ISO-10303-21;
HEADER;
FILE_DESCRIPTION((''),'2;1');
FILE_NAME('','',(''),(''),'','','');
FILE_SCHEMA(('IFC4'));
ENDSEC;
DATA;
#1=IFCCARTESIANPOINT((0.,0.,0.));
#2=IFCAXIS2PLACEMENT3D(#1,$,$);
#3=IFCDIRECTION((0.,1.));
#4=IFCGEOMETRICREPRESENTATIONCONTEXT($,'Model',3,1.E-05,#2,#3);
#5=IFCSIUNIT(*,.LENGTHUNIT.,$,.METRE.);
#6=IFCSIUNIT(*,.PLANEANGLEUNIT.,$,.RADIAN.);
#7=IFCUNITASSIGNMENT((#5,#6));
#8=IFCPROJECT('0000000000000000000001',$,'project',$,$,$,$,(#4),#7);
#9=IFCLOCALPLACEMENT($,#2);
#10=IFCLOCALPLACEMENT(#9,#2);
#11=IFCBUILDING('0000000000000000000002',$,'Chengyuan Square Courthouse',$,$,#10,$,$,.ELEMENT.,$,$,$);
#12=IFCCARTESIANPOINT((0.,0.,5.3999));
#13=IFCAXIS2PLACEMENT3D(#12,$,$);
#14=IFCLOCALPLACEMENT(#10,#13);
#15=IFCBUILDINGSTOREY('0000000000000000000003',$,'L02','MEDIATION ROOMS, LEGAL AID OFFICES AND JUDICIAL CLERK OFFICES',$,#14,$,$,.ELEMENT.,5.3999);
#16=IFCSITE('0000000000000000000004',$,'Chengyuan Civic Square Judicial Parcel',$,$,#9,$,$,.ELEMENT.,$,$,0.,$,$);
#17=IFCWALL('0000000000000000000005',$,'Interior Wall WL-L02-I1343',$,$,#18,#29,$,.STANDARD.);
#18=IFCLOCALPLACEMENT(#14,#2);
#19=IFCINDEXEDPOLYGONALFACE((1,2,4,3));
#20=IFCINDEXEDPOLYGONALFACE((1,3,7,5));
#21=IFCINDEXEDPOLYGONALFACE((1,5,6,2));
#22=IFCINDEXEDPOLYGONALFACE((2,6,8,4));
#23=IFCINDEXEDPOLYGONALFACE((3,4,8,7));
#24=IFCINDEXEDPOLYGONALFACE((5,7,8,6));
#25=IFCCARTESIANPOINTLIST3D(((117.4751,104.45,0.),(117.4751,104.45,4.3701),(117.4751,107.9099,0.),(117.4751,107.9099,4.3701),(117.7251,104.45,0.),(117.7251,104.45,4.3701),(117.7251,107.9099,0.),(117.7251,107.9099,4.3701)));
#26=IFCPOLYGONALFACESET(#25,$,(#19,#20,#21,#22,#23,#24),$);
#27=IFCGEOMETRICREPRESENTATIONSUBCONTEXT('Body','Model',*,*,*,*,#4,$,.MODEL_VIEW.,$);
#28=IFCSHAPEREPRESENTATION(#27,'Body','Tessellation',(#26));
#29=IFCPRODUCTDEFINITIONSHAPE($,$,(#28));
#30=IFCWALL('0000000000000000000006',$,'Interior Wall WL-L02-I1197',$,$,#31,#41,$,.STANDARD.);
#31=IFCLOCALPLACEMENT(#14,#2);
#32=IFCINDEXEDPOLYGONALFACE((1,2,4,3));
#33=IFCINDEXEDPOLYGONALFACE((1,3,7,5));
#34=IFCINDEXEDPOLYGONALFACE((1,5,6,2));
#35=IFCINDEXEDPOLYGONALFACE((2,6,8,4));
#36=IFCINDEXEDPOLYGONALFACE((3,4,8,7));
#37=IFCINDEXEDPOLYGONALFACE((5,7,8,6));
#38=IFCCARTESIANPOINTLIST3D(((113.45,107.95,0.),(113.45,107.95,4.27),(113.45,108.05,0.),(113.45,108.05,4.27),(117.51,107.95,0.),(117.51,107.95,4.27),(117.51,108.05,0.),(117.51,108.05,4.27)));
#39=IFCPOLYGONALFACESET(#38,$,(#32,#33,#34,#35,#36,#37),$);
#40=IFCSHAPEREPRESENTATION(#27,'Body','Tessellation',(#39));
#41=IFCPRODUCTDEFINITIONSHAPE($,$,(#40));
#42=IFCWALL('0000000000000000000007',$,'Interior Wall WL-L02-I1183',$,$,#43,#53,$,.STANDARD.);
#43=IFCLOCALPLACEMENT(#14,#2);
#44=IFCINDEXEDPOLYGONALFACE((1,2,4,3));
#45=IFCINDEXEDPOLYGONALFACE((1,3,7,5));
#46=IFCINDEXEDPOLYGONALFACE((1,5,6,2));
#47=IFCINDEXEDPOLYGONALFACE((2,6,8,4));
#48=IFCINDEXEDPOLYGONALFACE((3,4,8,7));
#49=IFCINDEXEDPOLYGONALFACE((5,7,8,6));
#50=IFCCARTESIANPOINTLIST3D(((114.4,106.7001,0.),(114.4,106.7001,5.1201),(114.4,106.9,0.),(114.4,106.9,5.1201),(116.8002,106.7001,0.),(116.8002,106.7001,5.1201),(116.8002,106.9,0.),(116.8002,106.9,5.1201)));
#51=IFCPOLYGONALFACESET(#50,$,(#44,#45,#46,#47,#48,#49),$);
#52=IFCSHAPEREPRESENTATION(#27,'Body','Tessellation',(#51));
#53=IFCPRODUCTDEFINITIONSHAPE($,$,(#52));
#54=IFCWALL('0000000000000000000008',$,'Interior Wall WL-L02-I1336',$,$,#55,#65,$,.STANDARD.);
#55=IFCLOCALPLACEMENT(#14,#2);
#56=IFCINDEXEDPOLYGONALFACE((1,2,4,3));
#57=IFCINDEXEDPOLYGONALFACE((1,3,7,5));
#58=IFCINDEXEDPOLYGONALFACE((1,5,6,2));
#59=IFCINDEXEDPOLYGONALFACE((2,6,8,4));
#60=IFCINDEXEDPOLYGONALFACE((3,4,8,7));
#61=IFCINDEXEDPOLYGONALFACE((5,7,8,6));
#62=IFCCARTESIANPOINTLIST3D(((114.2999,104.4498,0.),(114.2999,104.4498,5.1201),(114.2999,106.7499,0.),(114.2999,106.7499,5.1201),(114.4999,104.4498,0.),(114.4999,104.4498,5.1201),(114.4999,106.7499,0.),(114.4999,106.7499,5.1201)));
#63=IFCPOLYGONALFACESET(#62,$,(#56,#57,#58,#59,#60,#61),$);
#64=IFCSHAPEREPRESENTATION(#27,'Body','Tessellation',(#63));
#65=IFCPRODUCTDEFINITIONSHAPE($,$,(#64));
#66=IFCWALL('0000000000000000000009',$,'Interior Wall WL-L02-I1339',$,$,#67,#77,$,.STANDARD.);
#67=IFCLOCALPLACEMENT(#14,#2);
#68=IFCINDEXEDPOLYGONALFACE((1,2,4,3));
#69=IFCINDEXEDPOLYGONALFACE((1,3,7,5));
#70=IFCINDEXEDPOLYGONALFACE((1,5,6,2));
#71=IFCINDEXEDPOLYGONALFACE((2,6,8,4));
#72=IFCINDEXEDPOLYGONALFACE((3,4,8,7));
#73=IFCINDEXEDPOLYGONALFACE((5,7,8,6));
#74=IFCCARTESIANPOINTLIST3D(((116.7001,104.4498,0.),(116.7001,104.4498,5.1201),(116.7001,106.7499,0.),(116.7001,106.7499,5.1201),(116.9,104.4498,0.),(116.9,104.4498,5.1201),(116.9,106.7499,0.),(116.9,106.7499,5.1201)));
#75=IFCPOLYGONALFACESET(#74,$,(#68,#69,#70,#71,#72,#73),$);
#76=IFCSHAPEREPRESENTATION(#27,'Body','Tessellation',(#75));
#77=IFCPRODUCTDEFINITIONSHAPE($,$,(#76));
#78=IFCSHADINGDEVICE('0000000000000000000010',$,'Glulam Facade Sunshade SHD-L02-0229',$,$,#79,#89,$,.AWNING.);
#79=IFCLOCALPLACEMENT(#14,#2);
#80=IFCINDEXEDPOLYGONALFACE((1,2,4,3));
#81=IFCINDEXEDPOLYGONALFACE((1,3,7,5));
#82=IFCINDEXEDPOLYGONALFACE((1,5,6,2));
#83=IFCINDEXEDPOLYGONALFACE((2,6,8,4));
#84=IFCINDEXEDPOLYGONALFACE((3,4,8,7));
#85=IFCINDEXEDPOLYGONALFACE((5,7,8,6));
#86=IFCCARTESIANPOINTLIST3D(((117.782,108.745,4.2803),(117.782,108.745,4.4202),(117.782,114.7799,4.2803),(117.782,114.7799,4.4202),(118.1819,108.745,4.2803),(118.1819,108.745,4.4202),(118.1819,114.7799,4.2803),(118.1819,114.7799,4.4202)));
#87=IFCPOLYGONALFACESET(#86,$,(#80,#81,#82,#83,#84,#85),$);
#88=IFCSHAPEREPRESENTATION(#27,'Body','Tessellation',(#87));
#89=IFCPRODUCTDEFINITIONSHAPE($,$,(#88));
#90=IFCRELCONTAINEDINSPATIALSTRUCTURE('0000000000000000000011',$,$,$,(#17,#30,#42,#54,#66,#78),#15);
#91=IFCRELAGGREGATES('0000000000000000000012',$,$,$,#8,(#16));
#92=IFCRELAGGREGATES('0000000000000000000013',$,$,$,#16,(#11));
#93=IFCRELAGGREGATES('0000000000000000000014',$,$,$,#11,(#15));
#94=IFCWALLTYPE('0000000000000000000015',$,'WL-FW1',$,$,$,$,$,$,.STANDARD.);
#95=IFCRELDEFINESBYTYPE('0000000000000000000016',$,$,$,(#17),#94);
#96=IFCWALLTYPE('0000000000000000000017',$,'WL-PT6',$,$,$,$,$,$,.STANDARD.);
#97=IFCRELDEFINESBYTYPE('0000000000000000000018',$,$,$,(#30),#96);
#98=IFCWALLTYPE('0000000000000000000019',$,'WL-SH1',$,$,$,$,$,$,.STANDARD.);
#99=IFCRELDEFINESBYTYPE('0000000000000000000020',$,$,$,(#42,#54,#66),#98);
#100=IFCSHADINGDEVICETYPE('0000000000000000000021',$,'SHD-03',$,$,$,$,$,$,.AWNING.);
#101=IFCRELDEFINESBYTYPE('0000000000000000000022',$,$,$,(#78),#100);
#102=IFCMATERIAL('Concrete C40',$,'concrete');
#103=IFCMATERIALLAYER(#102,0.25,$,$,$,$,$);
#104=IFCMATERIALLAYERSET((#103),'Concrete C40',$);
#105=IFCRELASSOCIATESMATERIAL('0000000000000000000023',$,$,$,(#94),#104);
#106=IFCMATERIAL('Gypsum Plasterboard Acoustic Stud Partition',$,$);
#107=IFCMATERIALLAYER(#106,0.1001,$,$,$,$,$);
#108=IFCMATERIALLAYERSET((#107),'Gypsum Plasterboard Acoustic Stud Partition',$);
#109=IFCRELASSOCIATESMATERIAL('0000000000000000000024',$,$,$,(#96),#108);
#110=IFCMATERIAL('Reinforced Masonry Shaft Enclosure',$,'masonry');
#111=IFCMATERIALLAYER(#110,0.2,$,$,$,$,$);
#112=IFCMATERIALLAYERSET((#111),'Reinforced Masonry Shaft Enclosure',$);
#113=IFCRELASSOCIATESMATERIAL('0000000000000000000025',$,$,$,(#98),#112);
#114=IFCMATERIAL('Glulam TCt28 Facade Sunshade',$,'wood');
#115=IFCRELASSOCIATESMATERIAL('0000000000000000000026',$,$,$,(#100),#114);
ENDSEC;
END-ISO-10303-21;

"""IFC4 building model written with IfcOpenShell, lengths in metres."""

from ifc_helpers import new_model, si_unit, direction, frame, frame_2d, origin, origin_2d, place, context, subcontext, project, spatial, rectangle, extrude, material, layer, layer_set, type_object, element, save


model = new_model("IFC4")

# Units and contexts
model_context = context("Model", 3, precision=1e-05, world=origin(), true_north=direction((0.0, 1.0)))
body_context = subcontext(model_context, "Body", "Model", "MODEL_VIEW")
ifc_project = project(units=[si_unit("LENGTHUNIT", "METRE"), si_unit("PLANEANGLEUNIT", "RADIAN")], contexts=[model_context])

# Site, building, storey
site_placement = place(None, origin())
site = spatial("IfcSite", under=ifc_project, at=site_placement, Name="Chengyuan Civic Square Judicial Parcel", CompositionType="ELEMENT", RefElevation=0.0)
building_placement = place(site_placement, origin())
building = spatial("IfcBuilding", under=site, at=building_placement, Name="Chengyuan Square Courthouse", CompositionType="ELEMENT")
storey_placement = place(building_placement, frame((0.0, 0.0, 5.3999)))
storey = spatial("IfcBuildingStorey", under=building, at=storey_placement, Name="L02", Description="MEDIATION ROOMS, LEGAL AID OFFICES AND JUDICIAL CLERK OFFICES", CompositionType="ELEMENT", Elevation=5.3999)

# Shared definitions
ifc_material_1 = material(Name="Concrete C40", Category="concrete")

# Walls
ifc_layer_1 = layer(ifc_material_1, 0.25)
ifc_layer_set_1 = layer_set([ifc_layer_1], Name="Concrete C40")
wall_type_1 = type_object("IfcWallType", Name="WL-FW1", PredefinedType="STANDARD", material=ifc_layer_set_1)
wall_1_placement = place(storey_placement, frame((117.6001, 104.45, 0.0), z_axis=(0.0, 0.0, 1.0), x_axis=(0.0, 1.0, 0.0)))
element("IfcWall", 1, at=wall_1_placement, inside=storey, type_object=wall_type_1, Name="Interior Wall WL-L02-I1343", PredefinedType="STANDARD", context=body_context, shape_type="SweptSolid", body=[
    extrude(rectangle(XDim=3.46, YDim=0.25, at=frame_2d((1.73, 0.0))), origin(), (0.0, 0.0, 1.0), 4.3701),
])
ifc_material_2 = material(Name="Gypsum Plasterboard Acoustic Stud Partition")
ifc_layer_2 = layer(ifc_material_2, 0.1001)
ifc_layer_set_2 = layer_set([ifc_layer_2], Name="Gypsum Plasterboard Acoustic Stud Partition")
wall_type_2 = type_object("IfcWallType", Name="WL-PT6", PredefinedType="STANDARD", material=ifc_layer_set_2)
wall_2_placement = place(storey_placement, frame((113.45, 108.0, 0.0), z_axis=(0.0, 0.0, 1.0), x_axis=(1.0, 0.0, 0.0)))
element("IfcWall", 2, at=wall_2_placement, inside=storey, type_object=wall_type_2, Name="Interior Wall WL-L02-I1197", PredefinedType="STANDARD", context=body_context, shape_type="SweptSolid", body=[
    extrude(rectangle(XDim=4.0601, YDim=0.1001, at=frame_2d((2.03, 0.0))), origin(), (0.0, 0.0, 1.0), 4.27),
])

# Shared definitions
ifc_material_3 = material(Name="Reinforced Masonry Shaft Enclosure", Category="masonry")
ifc_layer_3 = layer(ifc_material_3, 0.2)
ifc_layer_set_3 = layer_set([ifc_layer_3], Name="Reinforced Masonry Shaft Enclosure")
wall_type_3 = type_object("IfcWallType", Name="WL-SH1", PredefinedType="STANDARD", material=ifc_layer_set_3)

# Walls
wall_3_placement = place(storey_placement, frame((114.3999, 106.8, 0.0), z_axis=(0.0, 0.0, 1.0), x_axis=(1.0, 0.0, 0.0)))
element("IfcWall", 3, at=wall_3_placement, inside=storey, type_object=wall_type_3, Name="Interior Wall WL-L02-I1183", PredefinedType="STANDARD", context=body_context, shape_type="SweptSolid", body=[
    extrude(rectangle(XDim=2.4001, YDim=0.2, at=frame_2d((1.2002, 0.0))), origin(), (0.0, 0.0, 1.0), 5.1201),
])
for number, where, z_axis, x_axis, name in (
    (4, (114.3999, 104.45, 0.0), (0.0, 0.0, 1.0), (0.0, 1.0, 0.0), "Interior Wall WL-L02-I1336"),
    (5, (116.8, 104.45, 0.0), (0.0, 0.0, 1.0), (0.0, 1.0, 0.0), "Interior Wall WL-L02-I1339"),
):
    element("IfcWall", number, at=place(storey_placement, frame(where, z_axis=z_axis, x_axis=x_axis)), inside=storey, type_object=wall_type_3, Name=name, PredefinedType="STANDARD", context=body_context, shape_type="SweptSolid", body=[
        extrude(rectangle(XDim=2.3, YDim=0.2, at=frame_2d((1.1499, 0.0))), origin(), (0.0, 0.0, 1.0), 5.1201),
    ])

# Shading device
ifc_material_4 = material(Name="Glulam TCt28 Facade Sunshade", Category="wood")
shading_device_type = type_object("IfcShadingDeviceType", Name="SHD-03", PredefinedType="AWNING", material=ifc_material_4)
shading_device_placement = place(storey_placement, frame((117.9819, 111.7625, 4.2803), z_axis=(0.0, 0.0, 1.0), x_axis=(0.0, 1.0, 0.0)))
element("IfcShadingDevice", 6, at=shading_device_placement, inside=storey, type_object=shading_device_type, Name="Glulam Facade Sunshade SHD-L02-0229", PredefinedType="AWNING", context=body_context, shape_type="SweptSolid", body=[
    extrude(rectangle(XDim=6.0349, YDim=0.3999, at=origin_2d()), origin(), (0.0, 0.0, 1.0), 0.1399),
])

save(model, "model.ifc")
